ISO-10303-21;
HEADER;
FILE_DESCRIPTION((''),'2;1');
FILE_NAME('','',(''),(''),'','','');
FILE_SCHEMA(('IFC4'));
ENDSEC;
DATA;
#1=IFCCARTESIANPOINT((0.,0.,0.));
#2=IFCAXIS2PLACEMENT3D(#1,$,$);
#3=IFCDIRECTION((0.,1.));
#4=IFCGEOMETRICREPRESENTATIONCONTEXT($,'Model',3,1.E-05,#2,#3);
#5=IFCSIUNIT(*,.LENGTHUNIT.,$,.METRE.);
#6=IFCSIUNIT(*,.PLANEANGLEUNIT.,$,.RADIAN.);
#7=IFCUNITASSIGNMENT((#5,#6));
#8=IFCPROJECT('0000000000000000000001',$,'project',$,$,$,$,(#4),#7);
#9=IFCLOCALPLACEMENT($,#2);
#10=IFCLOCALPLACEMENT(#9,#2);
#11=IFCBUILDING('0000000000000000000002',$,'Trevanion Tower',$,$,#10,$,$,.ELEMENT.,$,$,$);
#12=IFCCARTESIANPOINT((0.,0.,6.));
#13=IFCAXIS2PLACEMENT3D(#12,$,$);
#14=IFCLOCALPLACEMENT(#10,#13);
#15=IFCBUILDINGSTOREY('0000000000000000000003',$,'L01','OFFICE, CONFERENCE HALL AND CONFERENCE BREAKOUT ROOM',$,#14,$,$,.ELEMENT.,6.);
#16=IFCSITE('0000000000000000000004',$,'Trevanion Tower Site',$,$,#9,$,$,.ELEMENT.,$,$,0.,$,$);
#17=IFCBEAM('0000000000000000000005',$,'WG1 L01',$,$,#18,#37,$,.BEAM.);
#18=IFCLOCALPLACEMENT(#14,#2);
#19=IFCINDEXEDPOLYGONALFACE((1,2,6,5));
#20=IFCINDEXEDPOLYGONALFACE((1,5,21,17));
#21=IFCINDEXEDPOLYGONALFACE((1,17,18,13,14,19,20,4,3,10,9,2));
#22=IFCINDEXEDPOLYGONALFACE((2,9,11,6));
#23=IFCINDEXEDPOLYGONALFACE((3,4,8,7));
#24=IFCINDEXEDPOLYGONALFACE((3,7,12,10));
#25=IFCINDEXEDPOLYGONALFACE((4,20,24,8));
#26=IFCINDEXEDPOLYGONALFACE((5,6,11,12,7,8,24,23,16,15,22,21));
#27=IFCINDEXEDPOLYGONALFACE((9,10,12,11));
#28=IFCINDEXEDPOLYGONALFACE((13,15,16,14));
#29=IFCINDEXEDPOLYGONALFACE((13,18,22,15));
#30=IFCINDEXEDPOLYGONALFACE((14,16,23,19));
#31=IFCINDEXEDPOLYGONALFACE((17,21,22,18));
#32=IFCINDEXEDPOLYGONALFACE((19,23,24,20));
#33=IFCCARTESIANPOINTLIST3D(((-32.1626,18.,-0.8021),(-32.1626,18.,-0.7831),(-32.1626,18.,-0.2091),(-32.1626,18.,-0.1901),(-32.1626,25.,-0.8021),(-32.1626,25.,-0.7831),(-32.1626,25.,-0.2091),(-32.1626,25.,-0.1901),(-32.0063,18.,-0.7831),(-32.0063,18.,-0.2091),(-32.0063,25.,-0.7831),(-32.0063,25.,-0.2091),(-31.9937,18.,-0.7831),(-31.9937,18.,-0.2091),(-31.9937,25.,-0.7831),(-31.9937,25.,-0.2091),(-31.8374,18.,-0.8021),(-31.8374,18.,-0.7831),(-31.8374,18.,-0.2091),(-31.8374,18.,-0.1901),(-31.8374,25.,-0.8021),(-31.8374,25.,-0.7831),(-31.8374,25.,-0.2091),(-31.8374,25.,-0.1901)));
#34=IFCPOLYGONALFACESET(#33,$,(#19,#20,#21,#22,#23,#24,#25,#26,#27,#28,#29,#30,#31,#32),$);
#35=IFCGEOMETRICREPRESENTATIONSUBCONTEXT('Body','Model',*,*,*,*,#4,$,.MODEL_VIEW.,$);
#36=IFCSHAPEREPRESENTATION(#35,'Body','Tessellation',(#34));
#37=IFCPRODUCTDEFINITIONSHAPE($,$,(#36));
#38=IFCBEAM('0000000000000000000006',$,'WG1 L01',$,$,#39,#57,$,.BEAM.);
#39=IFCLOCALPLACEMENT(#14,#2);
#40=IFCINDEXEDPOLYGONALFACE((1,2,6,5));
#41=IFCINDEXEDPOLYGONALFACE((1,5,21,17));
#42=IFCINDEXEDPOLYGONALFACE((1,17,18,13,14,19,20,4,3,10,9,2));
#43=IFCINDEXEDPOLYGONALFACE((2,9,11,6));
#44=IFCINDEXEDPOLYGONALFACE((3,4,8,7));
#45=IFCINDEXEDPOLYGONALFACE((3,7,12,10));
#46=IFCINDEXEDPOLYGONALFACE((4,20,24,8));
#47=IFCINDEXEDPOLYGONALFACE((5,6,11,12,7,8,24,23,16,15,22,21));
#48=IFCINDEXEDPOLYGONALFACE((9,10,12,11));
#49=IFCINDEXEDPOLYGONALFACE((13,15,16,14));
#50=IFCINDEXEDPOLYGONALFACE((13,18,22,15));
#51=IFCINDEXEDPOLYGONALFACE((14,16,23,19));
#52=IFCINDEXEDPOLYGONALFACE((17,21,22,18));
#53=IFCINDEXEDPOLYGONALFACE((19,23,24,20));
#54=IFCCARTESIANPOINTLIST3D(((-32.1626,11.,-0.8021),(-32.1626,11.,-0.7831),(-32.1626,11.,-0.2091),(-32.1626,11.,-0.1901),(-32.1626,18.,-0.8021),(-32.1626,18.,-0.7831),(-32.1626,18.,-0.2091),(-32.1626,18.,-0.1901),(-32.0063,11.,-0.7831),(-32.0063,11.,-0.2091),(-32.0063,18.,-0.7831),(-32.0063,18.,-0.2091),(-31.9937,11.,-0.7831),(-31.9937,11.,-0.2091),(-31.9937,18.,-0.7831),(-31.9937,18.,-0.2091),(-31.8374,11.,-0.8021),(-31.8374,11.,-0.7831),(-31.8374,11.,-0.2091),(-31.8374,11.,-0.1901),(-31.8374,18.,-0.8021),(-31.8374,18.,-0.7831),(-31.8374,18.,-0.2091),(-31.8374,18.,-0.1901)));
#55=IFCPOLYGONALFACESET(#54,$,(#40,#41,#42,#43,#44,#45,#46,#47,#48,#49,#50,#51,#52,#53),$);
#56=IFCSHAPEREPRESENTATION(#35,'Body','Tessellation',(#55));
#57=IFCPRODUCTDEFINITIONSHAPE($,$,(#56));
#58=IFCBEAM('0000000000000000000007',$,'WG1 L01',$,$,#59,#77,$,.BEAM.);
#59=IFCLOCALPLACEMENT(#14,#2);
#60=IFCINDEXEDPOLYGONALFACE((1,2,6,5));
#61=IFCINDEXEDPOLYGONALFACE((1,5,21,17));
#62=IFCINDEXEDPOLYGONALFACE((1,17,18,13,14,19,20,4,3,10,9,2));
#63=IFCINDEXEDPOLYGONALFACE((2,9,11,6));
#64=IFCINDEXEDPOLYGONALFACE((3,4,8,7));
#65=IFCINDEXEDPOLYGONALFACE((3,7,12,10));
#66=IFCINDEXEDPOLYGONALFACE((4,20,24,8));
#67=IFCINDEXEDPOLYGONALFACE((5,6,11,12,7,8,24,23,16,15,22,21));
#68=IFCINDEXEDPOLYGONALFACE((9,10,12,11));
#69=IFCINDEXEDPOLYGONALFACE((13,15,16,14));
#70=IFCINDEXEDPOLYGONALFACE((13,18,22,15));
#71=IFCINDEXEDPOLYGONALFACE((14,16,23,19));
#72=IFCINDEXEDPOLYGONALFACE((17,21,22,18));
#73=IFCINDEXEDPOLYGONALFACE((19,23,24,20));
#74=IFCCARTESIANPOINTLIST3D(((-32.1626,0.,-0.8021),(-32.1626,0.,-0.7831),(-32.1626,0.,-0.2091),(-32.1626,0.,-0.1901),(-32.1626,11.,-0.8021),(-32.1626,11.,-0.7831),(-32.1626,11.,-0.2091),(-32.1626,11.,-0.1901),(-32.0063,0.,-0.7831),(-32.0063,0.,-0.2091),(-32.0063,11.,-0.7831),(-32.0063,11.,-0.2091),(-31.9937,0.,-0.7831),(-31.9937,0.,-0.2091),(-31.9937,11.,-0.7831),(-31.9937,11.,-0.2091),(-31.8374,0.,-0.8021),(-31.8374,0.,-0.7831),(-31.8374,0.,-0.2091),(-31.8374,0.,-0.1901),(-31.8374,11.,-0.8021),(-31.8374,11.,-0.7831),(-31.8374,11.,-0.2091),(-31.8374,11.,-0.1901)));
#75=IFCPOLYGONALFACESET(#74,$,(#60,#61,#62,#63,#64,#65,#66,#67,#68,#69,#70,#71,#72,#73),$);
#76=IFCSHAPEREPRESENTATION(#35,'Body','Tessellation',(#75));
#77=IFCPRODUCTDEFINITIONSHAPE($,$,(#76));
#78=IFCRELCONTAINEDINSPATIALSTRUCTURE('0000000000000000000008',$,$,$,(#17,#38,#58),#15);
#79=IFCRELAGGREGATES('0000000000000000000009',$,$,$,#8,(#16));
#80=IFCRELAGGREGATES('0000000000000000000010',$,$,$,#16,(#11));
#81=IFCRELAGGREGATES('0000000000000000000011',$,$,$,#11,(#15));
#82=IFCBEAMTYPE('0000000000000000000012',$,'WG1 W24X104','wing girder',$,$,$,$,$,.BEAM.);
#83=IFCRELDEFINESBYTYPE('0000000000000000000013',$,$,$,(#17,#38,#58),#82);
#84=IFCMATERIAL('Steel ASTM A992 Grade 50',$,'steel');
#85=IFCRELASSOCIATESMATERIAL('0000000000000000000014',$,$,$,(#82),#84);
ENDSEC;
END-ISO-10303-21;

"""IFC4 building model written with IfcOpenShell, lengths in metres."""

from ifc_helpers import new_model, si_unit, direction, frame, origin, origin_2d, place, context, subcontext, project, spatial, i_section, extrude, material, material_profile, profile_set, type_object, element, save


model = new_model("IFC4")

# Units and contexts
model_context = context("Model", 3, precision=1e-05, world=origin(), true_north=direction((0.0, 1.0)))
body_context = subcontext(model_context, "Body", "Model", "MODEL_VIEW")
ifc_project = project(units=[si_unit("LENGTHUNIT", "METRE"), si_unit("PLANEANGLEUNIT", "RADIAN")], contexts=[model_context])

# Site, building, storey
site_placement = place(None, origin())
site = spatial("IfcSite", under=ifc_project, at=site_placement, Name="Trevanion Tower Site", CompositionType="ELEMENT", RefElevation=0.0)
building_placement = place(site_placement, origin())
building = spatial("IfcBuilding", under=site, at=building_placement, Name="Trevanion Tower", CompositionType="ELEMENT")
storey_placement = place(building_placement, frame((0.0, 0.0, 6.0)))
storey = spatial("IfcBuildingStorey", under=building, at=storey_placement, Name="L01", Description="OFFICE, CONFERENCE HALL AND CONFERENCE BREAKOUT ROOM", CompositionType="ELEMENT", Elevation=6.0)

# Beams
ifc_material_1 = material(Name="Steel ASTM A992 Grade 50", Category="steel")
ifc_material_profile_1 = material_profile(ifc_material_1, i_section(OverallWidth=0.3252, OverallDepth=0.6121, WebThickness=0.0127, FlangeThickness=0.019, at=origin_2d()), Name="W24X104")
ifc_profile_set_1 = profile_set([ifc_material_profile_1], Name="Steel ASTM A992 Grade 50")
beam_type_1 = type_object("IfcBeamType", Name="WG1 W24X104", Description="wing girder", PredefinedType="BEAM", material=ifc_profile_set_1)
for number, where, z_axis, x_axis, name in (
    (1, (-32.0, 25.0, -0.4961), (0.0, -1.0, 0.0), (1.0, 0.0, 0.0), "WG1 L01"),
    (2, (-32.0, 18.0, -0.4961), (0.0, -1.0, 0.0), (1.0, 0.0, 0.0), "WG1 L01"),
):
    element("IfcBeam", number, at=place(storey_placement, frame(where, z_axis=z_axis, x_axis=x_axis)), inside=storey, type_object=beam_type_1, Name=name, PredefinedType="BEAM", context=body_context, shape_type="SweptSolid", body=[
        extrude(i_section(OverallWidth=0.3252, OverallDepth=0.6121, WebThickness=0.0127, FlangeThickness=0.019, at=origin_2d()), origin(), (0.0, 0.0, 1.0), 7.0),
    ])
beam_1_placement = place(storey_placement, frame((-32.0, 11.0, -0.4961), z_axis=(0.0, -1.0, 0.0), x_axis=(1.0, 0.0, 0.0)))
element("IfcBeam", 3, at=beam_1_placement, inside=storey, type_object=beam_type_1, Name="WG1 L01", PredefinedType="BEAM", context=body_context, shape_type="SweptSolid", body=[
    extrude(i_section(OverallWidth=0.3252, OverallDepth=0.6121, WebThickness=0.0127, FlangeThickness=0.019, at=origin_2d()), origin(), (0.0, 0.0, 1.0), 11.0),
])

save(model, "model.ifc")
